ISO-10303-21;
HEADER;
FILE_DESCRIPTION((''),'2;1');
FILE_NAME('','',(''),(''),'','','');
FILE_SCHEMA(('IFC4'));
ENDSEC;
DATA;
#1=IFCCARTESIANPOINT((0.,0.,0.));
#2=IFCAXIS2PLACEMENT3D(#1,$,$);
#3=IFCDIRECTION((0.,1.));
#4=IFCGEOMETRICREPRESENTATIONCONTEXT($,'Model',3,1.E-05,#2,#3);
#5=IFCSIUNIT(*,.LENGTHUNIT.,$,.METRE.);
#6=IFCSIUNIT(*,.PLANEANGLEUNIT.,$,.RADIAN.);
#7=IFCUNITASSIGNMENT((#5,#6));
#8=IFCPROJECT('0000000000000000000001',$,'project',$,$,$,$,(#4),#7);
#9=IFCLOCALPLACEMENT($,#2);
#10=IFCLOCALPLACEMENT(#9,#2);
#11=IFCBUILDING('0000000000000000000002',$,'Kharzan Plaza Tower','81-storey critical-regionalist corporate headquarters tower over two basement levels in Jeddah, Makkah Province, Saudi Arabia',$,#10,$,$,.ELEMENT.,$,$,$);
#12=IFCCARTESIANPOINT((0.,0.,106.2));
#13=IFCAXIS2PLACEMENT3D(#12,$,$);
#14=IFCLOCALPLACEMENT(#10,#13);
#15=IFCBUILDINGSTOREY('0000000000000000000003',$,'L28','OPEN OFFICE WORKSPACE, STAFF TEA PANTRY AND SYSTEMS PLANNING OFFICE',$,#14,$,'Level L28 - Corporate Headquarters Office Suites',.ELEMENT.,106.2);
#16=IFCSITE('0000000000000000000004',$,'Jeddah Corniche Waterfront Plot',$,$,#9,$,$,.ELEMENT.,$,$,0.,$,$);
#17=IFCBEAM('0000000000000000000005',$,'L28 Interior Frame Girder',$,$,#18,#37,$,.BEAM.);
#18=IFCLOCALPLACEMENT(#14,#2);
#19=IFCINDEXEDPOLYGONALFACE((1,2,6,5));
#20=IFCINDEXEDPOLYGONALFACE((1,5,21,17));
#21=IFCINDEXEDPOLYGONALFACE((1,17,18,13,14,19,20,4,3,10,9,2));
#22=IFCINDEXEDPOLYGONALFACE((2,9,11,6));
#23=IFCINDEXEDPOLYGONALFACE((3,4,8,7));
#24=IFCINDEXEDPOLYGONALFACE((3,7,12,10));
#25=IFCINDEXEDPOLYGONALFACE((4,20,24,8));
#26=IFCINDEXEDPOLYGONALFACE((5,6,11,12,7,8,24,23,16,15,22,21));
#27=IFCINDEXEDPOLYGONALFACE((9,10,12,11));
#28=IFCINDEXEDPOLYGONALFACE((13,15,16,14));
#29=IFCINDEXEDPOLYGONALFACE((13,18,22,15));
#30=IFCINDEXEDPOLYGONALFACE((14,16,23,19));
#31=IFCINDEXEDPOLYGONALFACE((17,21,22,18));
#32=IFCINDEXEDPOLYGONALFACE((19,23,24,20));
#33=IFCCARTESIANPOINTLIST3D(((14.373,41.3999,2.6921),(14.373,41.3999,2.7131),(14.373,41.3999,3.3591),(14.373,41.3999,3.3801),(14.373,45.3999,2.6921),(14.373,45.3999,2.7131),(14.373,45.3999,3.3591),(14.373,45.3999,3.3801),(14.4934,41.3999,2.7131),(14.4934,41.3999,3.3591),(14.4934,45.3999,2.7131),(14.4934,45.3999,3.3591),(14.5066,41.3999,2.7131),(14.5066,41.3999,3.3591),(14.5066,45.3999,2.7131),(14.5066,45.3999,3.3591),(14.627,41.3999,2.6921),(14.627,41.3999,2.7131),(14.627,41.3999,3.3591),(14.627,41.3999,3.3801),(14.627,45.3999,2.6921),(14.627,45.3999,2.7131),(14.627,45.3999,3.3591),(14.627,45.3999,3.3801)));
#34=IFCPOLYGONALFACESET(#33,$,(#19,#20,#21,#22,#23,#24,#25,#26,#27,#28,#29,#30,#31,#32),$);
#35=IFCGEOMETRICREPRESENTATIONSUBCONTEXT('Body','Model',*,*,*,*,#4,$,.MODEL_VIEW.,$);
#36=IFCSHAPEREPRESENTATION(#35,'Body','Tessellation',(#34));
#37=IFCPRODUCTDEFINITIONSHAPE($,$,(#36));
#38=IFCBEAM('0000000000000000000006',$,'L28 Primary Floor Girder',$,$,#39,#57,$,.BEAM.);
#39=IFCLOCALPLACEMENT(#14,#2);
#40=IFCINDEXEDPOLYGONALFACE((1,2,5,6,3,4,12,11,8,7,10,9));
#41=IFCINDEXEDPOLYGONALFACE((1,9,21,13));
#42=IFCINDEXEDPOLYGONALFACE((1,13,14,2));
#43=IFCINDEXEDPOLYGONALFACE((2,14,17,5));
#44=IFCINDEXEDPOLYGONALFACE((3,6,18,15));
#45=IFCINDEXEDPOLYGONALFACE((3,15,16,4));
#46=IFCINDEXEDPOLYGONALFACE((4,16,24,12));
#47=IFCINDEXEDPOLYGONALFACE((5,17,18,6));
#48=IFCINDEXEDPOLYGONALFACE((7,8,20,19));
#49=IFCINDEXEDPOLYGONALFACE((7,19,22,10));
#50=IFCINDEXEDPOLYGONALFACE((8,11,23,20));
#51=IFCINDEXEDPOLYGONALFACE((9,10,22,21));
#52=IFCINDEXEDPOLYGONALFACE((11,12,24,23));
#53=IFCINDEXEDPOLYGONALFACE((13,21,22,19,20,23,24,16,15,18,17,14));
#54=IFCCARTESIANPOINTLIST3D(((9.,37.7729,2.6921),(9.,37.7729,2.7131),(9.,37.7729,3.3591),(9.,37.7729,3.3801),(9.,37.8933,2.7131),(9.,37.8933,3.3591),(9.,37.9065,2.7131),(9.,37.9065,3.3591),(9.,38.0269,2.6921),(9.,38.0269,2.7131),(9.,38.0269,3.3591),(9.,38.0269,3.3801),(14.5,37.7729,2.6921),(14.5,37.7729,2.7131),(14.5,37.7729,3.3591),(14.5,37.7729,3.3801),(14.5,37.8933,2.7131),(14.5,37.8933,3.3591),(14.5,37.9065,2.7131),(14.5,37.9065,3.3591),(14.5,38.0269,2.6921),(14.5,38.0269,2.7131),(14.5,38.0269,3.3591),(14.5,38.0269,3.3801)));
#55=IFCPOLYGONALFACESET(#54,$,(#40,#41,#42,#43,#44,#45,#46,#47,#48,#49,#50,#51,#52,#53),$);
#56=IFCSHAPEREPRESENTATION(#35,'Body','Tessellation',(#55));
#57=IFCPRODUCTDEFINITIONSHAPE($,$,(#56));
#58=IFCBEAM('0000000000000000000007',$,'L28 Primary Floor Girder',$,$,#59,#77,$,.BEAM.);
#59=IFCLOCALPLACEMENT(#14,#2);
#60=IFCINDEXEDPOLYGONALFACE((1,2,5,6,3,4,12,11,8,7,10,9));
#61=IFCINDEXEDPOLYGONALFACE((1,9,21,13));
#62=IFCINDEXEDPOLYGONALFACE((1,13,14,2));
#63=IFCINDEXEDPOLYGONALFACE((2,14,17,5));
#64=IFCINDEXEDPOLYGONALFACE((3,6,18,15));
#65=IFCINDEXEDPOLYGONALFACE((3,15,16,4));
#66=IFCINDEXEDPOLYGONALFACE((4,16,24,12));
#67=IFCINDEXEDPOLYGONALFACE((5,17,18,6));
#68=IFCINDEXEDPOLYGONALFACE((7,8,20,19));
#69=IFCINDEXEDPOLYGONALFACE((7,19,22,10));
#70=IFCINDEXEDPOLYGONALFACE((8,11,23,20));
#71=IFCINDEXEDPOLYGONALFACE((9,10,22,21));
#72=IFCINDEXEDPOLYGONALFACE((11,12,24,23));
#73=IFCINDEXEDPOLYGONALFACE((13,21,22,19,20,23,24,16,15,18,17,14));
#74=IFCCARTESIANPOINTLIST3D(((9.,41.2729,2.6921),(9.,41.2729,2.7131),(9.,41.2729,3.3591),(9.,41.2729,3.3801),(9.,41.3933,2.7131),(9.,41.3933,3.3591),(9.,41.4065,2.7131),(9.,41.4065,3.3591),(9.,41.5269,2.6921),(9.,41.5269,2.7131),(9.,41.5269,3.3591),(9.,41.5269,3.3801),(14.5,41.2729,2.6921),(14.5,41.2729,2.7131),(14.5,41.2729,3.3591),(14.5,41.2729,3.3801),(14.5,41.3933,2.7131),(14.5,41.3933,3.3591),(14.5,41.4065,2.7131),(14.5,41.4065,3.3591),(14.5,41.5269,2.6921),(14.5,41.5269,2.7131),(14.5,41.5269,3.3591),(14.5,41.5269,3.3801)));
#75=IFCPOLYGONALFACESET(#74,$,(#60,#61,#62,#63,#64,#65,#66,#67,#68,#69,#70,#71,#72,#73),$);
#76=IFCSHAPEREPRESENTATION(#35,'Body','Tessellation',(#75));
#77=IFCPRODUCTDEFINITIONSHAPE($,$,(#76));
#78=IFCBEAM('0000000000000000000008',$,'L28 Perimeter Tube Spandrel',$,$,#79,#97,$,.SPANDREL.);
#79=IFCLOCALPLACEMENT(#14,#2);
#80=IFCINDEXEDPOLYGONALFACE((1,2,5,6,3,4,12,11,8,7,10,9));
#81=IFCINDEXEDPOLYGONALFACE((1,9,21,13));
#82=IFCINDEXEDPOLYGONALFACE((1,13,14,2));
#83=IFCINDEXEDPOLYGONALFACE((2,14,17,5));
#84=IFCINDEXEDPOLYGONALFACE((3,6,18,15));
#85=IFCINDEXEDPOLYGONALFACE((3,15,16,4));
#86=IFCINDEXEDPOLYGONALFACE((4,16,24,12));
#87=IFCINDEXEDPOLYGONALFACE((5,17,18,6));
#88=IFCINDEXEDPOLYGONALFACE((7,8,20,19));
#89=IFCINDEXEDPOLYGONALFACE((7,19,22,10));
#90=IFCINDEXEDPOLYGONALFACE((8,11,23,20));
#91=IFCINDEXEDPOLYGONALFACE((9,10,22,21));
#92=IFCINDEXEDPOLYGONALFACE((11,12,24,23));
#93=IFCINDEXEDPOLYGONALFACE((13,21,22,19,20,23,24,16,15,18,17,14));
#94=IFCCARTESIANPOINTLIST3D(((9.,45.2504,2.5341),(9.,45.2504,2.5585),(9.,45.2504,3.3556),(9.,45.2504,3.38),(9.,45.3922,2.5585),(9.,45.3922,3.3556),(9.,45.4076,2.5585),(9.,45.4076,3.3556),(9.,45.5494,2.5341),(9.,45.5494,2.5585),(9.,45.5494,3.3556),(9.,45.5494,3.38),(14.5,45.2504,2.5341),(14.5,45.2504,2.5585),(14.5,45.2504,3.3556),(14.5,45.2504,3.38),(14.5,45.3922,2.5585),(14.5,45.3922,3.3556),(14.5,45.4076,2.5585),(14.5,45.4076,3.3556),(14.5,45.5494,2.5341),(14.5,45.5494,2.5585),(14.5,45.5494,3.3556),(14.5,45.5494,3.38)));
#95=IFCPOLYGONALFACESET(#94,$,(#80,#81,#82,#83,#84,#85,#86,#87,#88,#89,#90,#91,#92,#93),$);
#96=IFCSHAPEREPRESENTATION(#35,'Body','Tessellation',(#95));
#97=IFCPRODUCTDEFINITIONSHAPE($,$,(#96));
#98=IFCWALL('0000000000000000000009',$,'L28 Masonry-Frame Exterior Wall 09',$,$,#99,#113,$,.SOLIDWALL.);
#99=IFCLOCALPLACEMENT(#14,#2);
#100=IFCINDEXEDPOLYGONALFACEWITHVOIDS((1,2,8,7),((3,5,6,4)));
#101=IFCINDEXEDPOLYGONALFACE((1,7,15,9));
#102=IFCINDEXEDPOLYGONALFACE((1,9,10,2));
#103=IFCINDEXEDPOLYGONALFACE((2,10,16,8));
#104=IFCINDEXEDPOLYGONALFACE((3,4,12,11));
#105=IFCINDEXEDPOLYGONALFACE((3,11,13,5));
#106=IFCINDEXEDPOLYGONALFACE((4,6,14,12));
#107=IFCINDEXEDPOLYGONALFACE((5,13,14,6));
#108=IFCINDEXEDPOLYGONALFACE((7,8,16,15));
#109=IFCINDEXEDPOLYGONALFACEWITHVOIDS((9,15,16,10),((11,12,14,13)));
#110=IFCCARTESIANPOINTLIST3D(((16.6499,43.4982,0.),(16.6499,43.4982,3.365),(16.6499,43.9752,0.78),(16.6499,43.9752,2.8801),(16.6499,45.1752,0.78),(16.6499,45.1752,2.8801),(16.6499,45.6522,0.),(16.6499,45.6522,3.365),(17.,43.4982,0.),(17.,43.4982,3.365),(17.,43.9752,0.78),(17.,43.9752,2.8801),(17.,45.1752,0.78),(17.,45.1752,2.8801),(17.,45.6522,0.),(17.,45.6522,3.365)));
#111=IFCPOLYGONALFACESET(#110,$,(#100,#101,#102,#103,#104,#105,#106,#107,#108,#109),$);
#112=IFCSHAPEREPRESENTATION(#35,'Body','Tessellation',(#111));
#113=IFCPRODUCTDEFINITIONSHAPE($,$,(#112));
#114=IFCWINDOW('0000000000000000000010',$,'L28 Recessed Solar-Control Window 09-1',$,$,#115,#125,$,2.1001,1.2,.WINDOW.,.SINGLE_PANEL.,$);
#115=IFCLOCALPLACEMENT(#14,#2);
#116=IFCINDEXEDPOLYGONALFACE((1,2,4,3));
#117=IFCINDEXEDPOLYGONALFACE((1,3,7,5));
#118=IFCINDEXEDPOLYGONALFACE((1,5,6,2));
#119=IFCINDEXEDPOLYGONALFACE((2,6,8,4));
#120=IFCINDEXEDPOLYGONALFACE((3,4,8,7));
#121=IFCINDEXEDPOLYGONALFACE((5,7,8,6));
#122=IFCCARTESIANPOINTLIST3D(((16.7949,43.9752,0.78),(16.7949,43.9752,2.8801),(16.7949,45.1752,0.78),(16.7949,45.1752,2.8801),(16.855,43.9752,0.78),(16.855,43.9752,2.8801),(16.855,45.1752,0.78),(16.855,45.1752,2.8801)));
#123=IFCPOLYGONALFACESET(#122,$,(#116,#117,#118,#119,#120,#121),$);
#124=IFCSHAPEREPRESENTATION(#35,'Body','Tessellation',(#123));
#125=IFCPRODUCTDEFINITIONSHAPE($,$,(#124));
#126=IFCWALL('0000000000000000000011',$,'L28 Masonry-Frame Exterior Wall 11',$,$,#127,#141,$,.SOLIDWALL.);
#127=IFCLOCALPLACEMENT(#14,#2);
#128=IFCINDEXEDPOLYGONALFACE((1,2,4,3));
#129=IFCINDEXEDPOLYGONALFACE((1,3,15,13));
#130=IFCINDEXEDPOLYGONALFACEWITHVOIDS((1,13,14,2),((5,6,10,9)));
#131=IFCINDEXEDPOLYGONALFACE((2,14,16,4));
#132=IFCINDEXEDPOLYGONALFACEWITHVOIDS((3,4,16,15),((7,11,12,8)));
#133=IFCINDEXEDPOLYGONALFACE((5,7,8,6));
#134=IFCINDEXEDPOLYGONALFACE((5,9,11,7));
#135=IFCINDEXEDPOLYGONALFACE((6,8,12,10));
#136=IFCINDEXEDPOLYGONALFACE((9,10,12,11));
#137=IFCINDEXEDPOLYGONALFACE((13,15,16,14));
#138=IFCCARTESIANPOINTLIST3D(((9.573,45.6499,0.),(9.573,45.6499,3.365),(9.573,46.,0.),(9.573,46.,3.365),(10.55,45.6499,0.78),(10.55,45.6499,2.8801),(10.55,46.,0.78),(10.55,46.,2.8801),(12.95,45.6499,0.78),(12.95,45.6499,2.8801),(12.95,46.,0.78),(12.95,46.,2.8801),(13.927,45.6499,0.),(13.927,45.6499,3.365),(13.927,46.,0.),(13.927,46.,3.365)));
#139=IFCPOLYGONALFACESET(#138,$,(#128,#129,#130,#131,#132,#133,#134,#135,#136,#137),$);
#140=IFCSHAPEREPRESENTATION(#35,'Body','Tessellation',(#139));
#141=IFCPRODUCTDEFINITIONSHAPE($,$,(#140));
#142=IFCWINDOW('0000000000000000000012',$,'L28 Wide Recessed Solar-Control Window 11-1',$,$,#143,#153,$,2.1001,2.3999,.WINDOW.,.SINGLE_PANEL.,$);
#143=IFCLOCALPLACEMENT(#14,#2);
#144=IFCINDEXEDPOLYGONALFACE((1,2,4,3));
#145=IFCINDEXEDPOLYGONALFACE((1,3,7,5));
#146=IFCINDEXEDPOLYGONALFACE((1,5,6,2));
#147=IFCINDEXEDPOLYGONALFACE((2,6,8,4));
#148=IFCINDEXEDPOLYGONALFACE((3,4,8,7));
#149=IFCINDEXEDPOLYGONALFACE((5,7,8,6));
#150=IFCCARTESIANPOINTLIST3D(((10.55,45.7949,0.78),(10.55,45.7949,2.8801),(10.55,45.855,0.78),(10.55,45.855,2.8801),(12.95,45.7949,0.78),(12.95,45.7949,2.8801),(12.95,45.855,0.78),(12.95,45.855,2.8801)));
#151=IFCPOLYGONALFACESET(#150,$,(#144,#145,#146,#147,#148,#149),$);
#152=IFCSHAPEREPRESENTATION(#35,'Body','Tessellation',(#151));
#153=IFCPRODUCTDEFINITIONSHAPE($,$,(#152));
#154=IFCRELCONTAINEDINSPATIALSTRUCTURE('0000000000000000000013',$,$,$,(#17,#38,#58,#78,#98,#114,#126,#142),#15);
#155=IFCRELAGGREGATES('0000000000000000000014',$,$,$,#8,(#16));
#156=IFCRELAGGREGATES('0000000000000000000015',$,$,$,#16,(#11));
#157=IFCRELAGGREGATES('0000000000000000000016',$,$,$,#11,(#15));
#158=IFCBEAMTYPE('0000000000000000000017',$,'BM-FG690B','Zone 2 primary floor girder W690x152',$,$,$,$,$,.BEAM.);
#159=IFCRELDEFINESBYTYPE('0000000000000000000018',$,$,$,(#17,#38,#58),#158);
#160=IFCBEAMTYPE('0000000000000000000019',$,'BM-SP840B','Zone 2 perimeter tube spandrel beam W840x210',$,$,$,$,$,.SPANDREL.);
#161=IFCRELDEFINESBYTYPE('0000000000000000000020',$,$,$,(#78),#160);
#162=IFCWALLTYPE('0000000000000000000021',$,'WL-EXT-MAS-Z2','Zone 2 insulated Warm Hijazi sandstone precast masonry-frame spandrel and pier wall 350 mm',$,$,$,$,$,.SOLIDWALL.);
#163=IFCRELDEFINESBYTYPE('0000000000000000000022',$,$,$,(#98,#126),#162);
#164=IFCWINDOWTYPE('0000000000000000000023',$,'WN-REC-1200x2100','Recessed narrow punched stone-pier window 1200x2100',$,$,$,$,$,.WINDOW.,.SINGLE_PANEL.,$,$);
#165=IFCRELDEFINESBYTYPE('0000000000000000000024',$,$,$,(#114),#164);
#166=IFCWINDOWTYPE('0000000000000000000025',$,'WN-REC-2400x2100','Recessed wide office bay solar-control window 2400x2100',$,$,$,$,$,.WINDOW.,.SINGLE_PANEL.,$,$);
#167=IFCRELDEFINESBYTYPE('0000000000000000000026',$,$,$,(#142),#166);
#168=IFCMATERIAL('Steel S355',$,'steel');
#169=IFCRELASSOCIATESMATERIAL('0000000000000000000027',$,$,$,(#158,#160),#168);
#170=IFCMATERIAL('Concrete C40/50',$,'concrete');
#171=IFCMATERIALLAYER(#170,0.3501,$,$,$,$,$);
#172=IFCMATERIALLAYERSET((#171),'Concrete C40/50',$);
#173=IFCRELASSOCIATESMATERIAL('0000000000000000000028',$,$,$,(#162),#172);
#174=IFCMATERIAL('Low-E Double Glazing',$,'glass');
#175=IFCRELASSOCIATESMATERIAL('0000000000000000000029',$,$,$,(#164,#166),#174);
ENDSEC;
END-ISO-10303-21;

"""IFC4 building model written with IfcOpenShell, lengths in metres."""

from ifc_helpers import new_model, si_unit, direction, frame, frame_2d, origin, origin_2d, place, context, subcontext, project, spatial, rectangle, i_section, extrude, source, transform, mapped, material, layer, layer_set, material_profile, profile_set, type_object, element, fill, save


model = new_model("IFC4")

# Units and contexts
model_context = context("Model", 3, precision=1e-05, world=origin(), true_north=direction((0.0, 1.0)))
body_context = subcontext(model_context, "Body", "Model", "MODEL_VIEW")
ifc_project = project(units=[si_unit("LENGTHUNIT", "METRE"), si_unit("PLANEANGLEUNIT", "RADIAN")], contexts=[model_context])

# Site, building, storey
site_placement = place(None, origin())
site = spatial("IfcSite", under=ifc_project, at=site_placement, Name="Jeddah Corniche Waterfront Plot", CompositionType="ELEMENT", RefElevation=0.0)
building_placement = place(site_placement, origin())
building = spatial("IfcBuilding", under=site, at=building_placement, Name="Kharzan Plaza Tower", Description="81-storey critical-regionalist corporate headquarters tower over two basement levels in Jeddah, Makkah Province, Saudi Arabia", CompositionType="ELEMENT")
storey_placement = place(building_placement, frame((0.0, 0.0, 106.2)))
storey = spatial("IfcBuildingStorey", under=building, at=storey_placement, Name="L28", Description="OPEN OFFICE WORKSPACE, STAFF TEA PANTRY AND SYSTEMS PLANNING OFFICE", LongName="Level L28 - Corporate Headquarters Office Suites", CompositionType="ELEMENT", Elevation=106.2)

# Beams
ifc_material_1 = material(Name="Steel S355", Category="steel")
ifc_material_profile_1 = material_profile(ifc_material_1, i_section(OverallWidth=0.2539, OverallDepth=0.688, WebThickness=0.0132, FlangeThickness=0.021, at=origin_2d()), Name="W690x152")
ifc_profile_set_1 = profile_set([ifc_material_profile_1], Name="Steel S355")
beam_type_1 = type_object("IfcBeamType", Name="BM-FG690B", Description="Zone 2 primary floor girder W690x152", PredefinedType="BEAM", material=ifc_profile_set_1)
shared_shape_1 = source(origin(), body_context, "Body", "SweptSolid", [
    extrude(i_section(OverallWidth=0.2539, OverallDepth=0.688, WebThickness=0.0132, FlangeThickness=0.021, at=origin_2d()), origin(), (0.0, 0.0, 1.0), 4.0),
])
for number, where, z_axis, x_axis, name in (
    (1, (14.5, 41.3999, 3.0361), (0.0, 1.0, 0.0), (-1.0, 0.0, 0.0), "L28 Interior Frame Girder"),
):
    element("IfcBeam", number, at=place(storey_placement, frame(where, z_axis=z_axis, x_axis=x_axis)), inside=storey, type_object=beam_type_1, Name=name, PredefinedType="BEAM", context=body_context, shape_type="MappedRepresentation", body=[
        mapped(shared_shape_1, transform((0.0, 0.0, 0.0), x_axis=(1.0, 0.0, 0.0), y_axis=(0.0, 1.0, 0.0), z_axis=(0.0, 0.0, 1.0))),
    ])
shared_shape_2 = source(origin(), body_context, "Body", "SweptSolid", [
    extrude(i_section(OverallWidth=0.2539, OverallDepth=0.688, WebThickness=0.0132, FlangeThickness=0.021, at=origin_2d()), origin(), (0.0, 0.0, 1.0), 5.5),
])
for number, where, z_axis, x_axis, name in (
    (2, (9.0, 37.8999, 3.0361), (1.0, 0.0, 0.0), (0.0, 1.0, 0.0), "L28 Primary Floor Girder"),
    (3, (9.0, 41.3999, 3.0361), (1.0, 0.0, 0.0), (0.0, 1.0, 0.0), "L28 Primary Floor Girder"),
):
    element("IfcBeam", number, at=place(storey_placement, frame(where, z_axis=z_axis, x_axis=x_axis)), inside=storey, type_object=beam_type_1, Name=name, PredefinedType="BEAM", context=body_context, shape_type="MappedRepresentation", body=[
        mapped(shared_shape_2, transform((0.0, 0.0, 0.0), x_axis=(1.0, 0.0, 0.0), y_axis=(0.0, 1.0, 0.0), z_axis=(0.0, 0.0, 1.0))),
    ])
ifc_material_profile_2 = material_profile(ifc_material_1, i_section(OverallWidth=0.2991, OverallDepth=0.8459, WebThickness=0.0154, FlangeThickness=0.0244, at=origin_2d()), Name="W840x210")
ifc_profile_set_2 = profile_set([ifc_material_profile_2], Name="Steel S355")
beam_type_2 = type_object("IfcBeamType", Name="BM-SP840B", Description="Zone 2 perimeter tube spandrel beam W840x210", PredefinedType="SPANDREL", material=ifc_profile_set_2)
shared_shape_3 = source(origin(), body_context, "Body", "SweptSolid", [
    extrude(i_section(OverallWidth=0.2991, OverallDepth=0.8459, WebThickness=0.0154, FlangeThickness=0.0244, at=origin_2d()), origin(), (0.0, 0.0, 1.0), 5.5),
])
beam_placement = place(storey_placement, frame((9.0, 45.3999, 2.957), z_axis=(1.0, 0.0, 0.0), x_axis=(0.0, 1.0, 0.0)))
element("IfcBeam", 4, at=beam_placement, inside=storey, type_object=beam_type_2, Name="L28 Perimeter Tube Spandrel", PredefinedType="SPANDREL", context=body_context, shape_type="MappedRepresentation", body=[
    mapped(shared_shape_3, transform((0.0, 0.0, 0.0), x_axis=(1.0, 0.0, 0.0), y_axis=(0.0, 1.0, 0.0), z_axis=(0.0, 0.0, 1.0))),
])

# Walls, openings, windows
ifc_material_2 = material(Name="Concrete C40/50", Category="concrete")
ifc_layer_1 = layer(ifc_material_2, 0.3501)
ifc_layer_set_1 = layer_set([ifc_layer_1], Name="Concrete C40/50")
wall_type_1 = type_object("IfcWallType", Name="WL-EXT-MAS-Z2", Description="Zone 2 insulated Warm Hijazi sandstone precast masonry-frame spandrel and pier wall 350 mm", PredefinedType="SOLIDWALL", material=ifc_layer_set_1)
wall_1_placement = place(storey_placement, frame((16.825, 43.498, 0.0), z_axis=(0.0, 0.0, 1.0), x_axis=(0.0, 1.0, 0.0)))
wall_1 = element("IfcWall", 5, at=wall_1_placement, inside=storey, type_object=wall_type_1, Name="L28 Masonry-Frame Exterior Wall 09", PredefinedType="SOLIDWALL", context=body_context, shape_type="SweptSolid", body=[
    extrude(rectangle(XDim=2.1541, YDim=0.3501, at=frame_2d((1.0771, 0.0))), origin(), (0.0, 0.0, 1.0), 3.365),
])
opening_1_placement = place(wall_1_placement, frame((0.4771, 0.0, 0.78)))
opening_1 = element("IfcOpeningElement", 6, at=opening_1_placement, cuts=wall_1, PredefinedType="OPENING", context=body_context, shape_type="SweptSolid", body=[
    extrude(rectangle(XDim=1.2, YDim=2.1001, at=frame_2d((0.6001, 1.05))), frame((0.0, 0.1851, 0.0), z_axis=(0.0, -1.0, 0.0), x_axis=(1.0, 0.0, 0.0)), (0.0, 0.0, 1.0), 0.3701),
])
ifc_material_3 = material(Name="Low-E Double Glazing", Category="glass")
window_type_1 = type_object("IfcWindowType", Name="WN-REC-1200x2100", Description="Recessed narrow punched stone-pier window 1200x2100", PartitioningType="SINGLE_PANEL", PredefinedType="WINDOW", material=ifc_material_3)
shared_shape_4 = source(origin(), body_context, "Body", "SweptSolid", [
    extrude(rectangle(XDim=1.2, YDim=2.1001, at=frame_2d((0.6001, 1.05))), frame((0.0, 0.03, 0.0), z_axis=(0.0, -1.0, 0.0), x_axis=(1.0, 0.0, 0.0)), (0.0, 0.0, 1.0), 0.0601),
])
window_1_placement = place(opening_1_placement, origin())
window_1 = element("IfcWindow", 7, at=window_1_placement, inside=storey, type_object=window_type_1, Name="L28 Recessed Solar-Control Window 09-1", OverallHeight=2.1001, OverallWidth=1.2, PartitioningType="SINGLE_PANEL", PredefinedType="WINDOW", context=body_context, shape_type="MappedRepresentation", body=[
    mapped(shared_shape_4, transform((0.0, 0.0, 0.0), x_axis=(1.0, 0.0, 0.0), y_axis=(0.0, 1.0, 0.0), z_axis=(0.0, 0.0, 1.0))),
])
fill(opening_1, window_1)
wall_2_placement = place(storey_placement, frame((13.927, 45.825, 0.0), z_axis=(0.0, 0.0, 1.0), x_axis=(-1.0, 0.0, 0.0)))
wall_2 = element("IfcWall", 8, at=wall_2_placement, inside=storey, type_object=wall_type_1, Name="L28 Masonry-Frame Exterior Wall 11", PredefinedType="SOLIDWALL", context=body_context, shape_type="SweptSolid", body=[
    extrude(rectangle(XDim=4.354, YDim=0.3501, at=frame_2d((2.177, 0.0))), origin(), (0.0, 0.0, 1.0), 3.365),
])
opening_2_placement = place(wall_2_placement, frame((0.9771, 0.0, 0.78)))
opening_2 = element("IfcOpeningElement", 9, at=opening_2_placement, cuts=wall_2, PredefinedType="OPENING", context=body_context, shape_type="SweptSolid", body=[
    extrude(rectangle(XDim=2.3999, YDim=2.1001, at=frame_2d((1.2, 1.05))), frame((0.0, 0.1851, 0.0), z_axis=(0.0, -1.0, 0.0), x_axis=(1.0, 0.0, 0.0)), (0.0, 0.0, 1.0), 0.3701),
])
window_type_2 = type_object("IfcWindowType", Name="WN-REC-2400x2100", Description="Recessed wide office bay solar-control window 2400x2100", PartitioningType="SINGLE_PANEL", PredefinedType="WINDOW", material=ifc_material_3)
shared_shape_5 = source(origin(), body_context, "Body", "SweptSolid", [
    extrude(rectangle(XDim=2.3999, YDim=2.1001, at=frame_2d((1.2, 1.05))), frame((0.0, 0.03, 0.0), z_axis=(0.0, -1.0, 0.0), x_axis=(1.0, 0.0, 0.0)), (0.0, 0.0, 1.0), 0.0601),
])
window_2_placement = place(opening_2_placement, origin())
window_2 = element("IfcWindow", 10, at=window_2_placement, inside=storey, type_object=window_type_2, Name="L28 Wide Recessed Solar-Control Window 11-1", OverallHeight=2.1001, OverallWidth=2.3999, PartitioningType="SINGLE_PANEL", PredefinedType="WINDOW", context=body_context, shape_type="MappedRepresentation", body=[
    mapped(shared_shape_5, transform((0.0, 0.0, 0.0), x_axis=(1.0, 0.0, 0.0), y_axis=(0.0, 1.0, 0.0), z_axis=(0.0, 0.0, 1.0))),
])
fill(opening_2, window_2)

save(model, "model.ifc")
